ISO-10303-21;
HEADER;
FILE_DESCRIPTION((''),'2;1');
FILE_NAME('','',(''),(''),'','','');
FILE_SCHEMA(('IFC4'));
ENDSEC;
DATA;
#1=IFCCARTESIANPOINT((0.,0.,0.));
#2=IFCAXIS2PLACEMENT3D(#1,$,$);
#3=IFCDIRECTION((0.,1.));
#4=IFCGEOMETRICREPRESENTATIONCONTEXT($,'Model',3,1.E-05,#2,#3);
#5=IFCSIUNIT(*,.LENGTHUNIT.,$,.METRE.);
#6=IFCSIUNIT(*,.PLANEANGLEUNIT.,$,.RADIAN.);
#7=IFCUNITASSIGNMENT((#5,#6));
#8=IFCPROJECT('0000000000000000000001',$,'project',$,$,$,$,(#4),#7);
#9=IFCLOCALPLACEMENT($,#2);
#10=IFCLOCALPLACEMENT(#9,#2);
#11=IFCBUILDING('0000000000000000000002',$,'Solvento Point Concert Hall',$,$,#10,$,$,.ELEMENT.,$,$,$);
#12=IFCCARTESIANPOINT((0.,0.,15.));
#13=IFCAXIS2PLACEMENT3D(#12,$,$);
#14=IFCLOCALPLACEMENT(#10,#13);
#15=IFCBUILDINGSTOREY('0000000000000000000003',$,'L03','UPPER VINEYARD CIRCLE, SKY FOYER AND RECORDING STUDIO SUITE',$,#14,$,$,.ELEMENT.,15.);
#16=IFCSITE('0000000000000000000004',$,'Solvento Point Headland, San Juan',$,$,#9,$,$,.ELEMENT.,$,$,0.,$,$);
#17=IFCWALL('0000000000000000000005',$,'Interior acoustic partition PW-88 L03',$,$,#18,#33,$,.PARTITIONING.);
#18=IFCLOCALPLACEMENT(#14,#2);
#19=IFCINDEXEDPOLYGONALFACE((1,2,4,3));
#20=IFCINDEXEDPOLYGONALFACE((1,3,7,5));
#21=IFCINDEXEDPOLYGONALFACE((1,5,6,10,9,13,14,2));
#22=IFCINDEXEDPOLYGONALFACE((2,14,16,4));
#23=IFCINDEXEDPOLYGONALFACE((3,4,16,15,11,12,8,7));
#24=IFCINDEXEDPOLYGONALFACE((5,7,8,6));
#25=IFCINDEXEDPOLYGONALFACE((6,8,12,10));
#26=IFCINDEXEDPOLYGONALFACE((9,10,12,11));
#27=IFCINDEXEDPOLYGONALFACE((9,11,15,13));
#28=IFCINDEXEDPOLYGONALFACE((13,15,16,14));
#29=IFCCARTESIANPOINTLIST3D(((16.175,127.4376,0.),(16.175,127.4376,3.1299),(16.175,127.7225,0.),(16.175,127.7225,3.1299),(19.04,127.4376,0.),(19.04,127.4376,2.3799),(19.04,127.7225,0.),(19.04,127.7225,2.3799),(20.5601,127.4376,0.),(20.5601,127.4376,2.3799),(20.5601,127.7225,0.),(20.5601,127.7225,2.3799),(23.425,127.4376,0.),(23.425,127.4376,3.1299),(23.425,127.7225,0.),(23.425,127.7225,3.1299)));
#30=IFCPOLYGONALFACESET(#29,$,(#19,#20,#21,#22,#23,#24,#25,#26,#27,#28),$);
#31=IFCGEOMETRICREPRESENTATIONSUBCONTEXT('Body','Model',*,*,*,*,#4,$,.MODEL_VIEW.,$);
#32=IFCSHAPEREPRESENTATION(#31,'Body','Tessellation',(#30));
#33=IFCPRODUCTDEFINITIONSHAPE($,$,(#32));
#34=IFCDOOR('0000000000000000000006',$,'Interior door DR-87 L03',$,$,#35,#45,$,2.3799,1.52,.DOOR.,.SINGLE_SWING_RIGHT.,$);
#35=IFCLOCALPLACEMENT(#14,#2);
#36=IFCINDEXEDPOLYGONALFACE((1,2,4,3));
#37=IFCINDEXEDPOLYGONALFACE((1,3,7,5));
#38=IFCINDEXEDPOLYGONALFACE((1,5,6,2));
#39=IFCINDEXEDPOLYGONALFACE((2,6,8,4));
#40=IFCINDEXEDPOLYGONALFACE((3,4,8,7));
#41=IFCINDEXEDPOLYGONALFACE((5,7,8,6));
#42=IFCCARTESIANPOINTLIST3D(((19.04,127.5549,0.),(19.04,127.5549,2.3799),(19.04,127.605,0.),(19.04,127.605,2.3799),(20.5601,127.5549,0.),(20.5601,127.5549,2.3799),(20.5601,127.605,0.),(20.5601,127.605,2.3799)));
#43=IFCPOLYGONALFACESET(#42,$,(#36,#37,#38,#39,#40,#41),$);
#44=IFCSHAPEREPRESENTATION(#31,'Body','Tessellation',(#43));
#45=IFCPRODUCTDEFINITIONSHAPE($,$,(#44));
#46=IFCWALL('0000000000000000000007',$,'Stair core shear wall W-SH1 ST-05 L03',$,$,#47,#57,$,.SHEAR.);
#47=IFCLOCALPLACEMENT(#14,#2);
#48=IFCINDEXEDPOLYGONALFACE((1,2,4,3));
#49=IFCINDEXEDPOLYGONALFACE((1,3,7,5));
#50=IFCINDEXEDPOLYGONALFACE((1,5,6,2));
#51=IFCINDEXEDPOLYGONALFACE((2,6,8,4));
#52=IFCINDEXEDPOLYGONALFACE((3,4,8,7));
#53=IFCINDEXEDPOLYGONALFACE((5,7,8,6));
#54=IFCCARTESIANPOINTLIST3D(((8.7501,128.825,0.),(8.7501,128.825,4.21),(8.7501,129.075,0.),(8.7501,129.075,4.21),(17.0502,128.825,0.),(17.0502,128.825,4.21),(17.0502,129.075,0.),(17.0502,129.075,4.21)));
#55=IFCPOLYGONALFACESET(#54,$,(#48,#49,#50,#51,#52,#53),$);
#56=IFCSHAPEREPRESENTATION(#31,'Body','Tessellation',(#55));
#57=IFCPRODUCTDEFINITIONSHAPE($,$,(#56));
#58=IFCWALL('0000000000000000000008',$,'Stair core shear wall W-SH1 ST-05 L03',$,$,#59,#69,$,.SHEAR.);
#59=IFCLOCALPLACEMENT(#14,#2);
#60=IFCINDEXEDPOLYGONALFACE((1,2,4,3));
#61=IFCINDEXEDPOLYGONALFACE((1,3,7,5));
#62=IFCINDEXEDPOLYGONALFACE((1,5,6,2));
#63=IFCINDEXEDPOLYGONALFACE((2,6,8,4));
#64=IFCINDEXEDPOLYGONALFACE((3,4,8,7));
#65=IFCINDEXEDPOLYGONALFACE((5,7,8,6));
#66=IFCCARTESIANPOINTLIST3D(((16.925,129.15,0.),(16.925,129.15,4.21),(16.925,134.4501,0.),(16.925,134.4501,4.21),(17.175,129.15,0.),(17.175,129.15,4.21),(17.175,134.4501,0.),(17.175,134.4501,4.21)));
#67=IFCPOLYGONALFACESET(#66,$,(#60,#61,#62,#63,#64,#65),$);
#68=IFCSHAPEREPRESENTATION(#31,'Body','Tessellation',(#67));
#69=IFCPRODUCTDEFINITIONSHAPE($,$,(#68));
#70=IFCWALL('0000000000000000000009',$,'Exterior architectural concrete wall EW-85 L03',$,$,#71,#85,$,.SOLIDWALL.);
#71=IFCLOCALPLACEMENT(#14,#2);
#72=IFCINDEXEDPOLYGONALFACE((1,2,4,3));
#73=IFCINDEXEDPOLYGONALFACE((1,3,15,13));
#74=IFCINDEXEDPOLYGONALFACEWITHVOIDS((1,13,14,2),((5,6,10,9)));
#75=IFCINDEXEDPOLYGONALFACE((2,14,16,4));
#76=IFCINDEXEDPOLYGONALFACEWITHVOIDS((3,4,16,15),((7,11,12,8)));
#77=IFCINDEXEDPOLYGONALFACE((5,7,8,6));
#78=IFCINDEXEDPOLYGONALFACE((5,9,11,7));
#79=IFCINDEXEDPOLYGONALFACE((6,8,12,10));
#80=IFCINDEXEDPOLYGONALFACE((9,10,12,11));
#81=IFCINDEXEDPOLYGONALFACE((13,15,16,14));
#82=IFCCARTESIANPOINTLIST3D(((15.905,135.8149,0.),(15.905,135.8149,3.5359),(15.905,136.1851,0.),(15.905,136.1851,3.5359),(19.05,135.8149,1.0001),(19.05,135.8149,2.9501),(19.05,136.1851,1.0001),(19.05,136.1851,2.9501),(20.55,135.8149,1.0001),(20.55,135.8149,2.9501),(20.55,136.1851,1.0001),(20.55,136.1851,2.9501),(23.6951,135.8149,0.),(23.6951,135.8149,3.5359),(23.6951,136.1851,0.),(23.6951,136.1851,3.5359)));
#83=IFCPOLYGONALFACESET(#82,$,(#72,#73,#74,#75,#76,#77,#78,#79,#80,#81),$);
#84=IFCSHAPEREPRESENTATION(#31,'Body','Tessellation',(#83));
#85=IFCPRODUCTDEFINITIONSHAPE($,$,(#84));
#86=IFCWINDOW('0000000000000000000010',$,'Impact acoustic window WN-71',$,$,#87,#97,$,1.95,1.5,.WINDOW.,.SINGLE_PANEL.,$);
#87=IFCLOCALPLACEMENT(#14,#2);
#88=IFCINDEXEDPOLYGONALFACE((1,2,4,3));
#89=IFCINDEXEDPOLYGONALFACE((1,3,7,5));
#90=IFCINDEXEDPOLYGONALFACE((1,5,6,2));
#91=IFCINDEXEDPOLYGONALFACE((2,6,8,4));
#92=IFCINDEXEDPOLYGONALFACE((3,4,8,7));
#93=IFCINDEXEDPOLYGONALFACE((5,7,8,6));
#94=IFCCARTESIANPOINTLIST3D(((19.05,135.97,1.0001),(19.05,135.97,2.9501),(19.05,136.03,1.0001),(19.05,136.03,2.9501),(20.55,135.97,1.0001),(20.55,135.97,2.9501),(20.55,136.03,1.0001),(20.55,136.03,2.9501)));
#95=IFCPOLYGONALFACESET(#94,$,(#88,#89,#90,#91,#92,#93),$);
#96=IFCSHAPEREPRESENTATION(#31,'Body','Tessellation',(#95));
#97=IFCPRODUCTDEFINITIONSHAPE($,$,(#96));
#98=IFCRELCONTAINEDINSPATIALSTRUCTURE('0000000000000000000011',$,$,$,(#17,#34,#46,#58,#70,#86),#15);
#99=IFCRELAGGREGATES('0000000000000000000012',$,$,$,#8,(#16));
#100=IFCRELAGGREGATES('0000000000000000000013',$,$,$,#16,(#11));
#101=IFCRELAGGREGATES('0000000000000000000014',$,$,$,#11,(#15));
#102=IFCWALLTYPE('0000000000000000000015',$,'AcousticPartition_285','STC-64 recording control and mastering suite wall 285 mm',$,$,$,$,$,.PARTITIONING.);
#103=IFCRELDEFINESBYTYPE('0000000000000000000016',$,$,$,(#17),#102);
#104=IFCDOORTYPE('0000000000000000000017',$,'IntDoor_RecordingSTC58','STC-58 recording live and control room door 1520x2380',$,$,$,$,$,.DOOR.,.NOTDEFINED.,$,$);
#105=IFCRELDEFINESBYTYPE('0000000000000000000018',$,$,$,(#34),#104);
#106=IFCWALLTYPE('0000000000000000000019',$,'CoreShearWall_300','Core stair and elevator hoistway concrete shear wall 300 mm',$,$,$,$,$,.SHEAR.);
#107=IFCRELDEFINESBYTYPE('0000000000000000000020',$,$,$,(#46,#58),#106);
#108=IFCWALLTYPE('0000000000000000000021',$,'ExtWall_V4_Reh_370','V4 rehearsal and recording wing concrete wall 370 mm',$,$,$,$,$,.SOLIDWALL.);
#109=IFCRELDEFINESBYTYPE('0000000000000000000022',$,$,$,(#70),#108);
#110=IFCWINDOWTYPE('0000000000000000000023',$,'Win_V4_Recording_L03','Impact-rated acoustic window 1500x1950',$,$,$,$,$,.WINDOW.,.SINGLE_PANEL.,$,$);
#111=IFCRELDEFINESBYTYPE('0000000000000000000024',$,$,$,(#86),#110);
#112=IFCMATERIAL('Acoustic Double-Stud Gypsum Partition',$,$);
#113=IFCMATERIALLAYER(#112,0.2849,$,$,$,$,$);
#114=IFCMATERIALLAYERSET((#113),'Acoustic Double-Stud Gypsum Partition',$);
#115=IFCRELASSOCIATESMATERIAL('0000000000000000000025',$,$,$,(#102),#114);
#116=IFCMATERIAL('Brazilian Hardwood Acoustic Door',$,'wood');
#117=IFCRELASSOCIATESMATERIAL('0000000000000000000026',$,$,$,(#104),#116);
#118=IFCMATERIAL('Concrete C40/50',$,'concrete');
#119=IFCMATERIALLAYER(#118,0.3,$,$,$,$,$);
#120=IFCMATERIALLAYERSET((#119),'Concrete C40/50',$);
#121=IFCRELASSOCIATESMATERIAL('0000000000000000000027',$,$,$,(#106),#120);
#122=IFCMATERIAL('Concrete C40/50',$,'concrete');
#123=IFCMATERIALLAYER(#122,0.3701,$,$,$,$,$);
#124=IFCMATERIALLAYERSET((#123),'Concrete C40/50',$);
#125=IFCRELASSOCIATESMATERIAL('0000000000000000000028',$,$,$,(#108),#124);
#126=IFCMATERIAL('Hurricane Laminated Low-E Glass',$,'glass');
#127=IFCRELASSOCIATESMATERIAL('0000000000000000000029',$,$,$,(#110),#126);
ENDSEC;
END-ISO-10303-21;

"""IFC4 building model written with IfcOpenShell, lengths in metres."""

from ifc_helpers import new_model, si_unit, direction, frame, frame_2d, origin, place, context, subcontext, project, spatial, rectangle, extrude, material, layer, layer_set, type_object, element, fill, save


model = new_model("IFC4")

# Units and contexts
model_context = context("Model", 3, precision=1e-05, world=origin(), true_north=direction((0.0, 1.0)))
body_context = subcontext(model_context, "Body", "Model", "MODEL_VIEW")
ifc_project = project(units=[si_unit("LENGTHUNIT", "METRE"), si_unit("PLANEANGLEUNIT", "RADIAN")], contexts=[model_context])

# Site, building, storey
site_placement = place(None, origin())
site = spatial("IfcSite", under=ifc_project, at=site_placement, Name="Solvento Point Headland, San Juan", CompositionType="ELEMENT", RefElevation=0.0)
building_placement = place(site_placement, origin())
building = spatial("IfcBuilding", under=site, at=building_placement, Name="Solvento Point Concert Hall", CompositionType="ELEMENT")
storey_placement = place(building_placement, frame((0.0, 0.0, 15.0)))
storey = spatial("IfcBuildingStorey", under=building, at=storey_placement, Name="L03", Description="UPPER VINEYARD CIRCLE, SKY FOYER AND RECORDING STUDIO SUITE", CompositionType="ELEMENT", Elevation=15.0)

# Wall, opening, door
ifc_material_1 = material(Name="Acoustic Double-Stud Gypsum Partition")
ifc_layer_1 = layer(ifc_material_1, 0.2849)
ifc_layer_set_1 = layer_set([ifc_layer_1], Name="Acoustic Double-Stud Gypsum Partition")
wall_type_1 = type_object("IfcWallType", Name="AcousticPartition_285", Description="STC-64 recording control and mastering suite wall 285 mm", PredefinedType="PARTITIONING", material=ifc_layer_set_1)
wall_1_placement = place(storey_placement, frame((16.175, 127.5801, 0.0), z_axis=(0.0, 0.0, 1.0), x_axis=(1.0, 0.0, 0.0)))
wall_1 = element("IfcWall", 1, at=wall_1_placement, inside=storey, type_object=wall_type_1, Name="Interior acoustic partition PW-88 L03", PredefinedType="PARTITIONING", context=body_context, shape_type="SweptSolid", body=[
    extrude(rectangle(XDim=7.25, YDim=0.2849, at=frame_2d((3.625, 0.0))), origin(), (0.0, 0.0, 1.0), 3.1299),
])
opening_1_placement = place(wall_1_placement, frame((2.865, 0.0, 0.0)))
opening_1 = element("IfcOpeningElement", 2, at=opening_1_placement, cuts=wall_1, PredefinedType="OPENING", context=body_context, shape_type="SweptSolid", body=[
    extrude(rectangle(XDim=1.52, YDim=2.3799, at=frame_2d((0.76, 1.1899))), frame((0.0, 0.1523, 0.0), z_axis=(0.0, -1.0, 0.0), x_axis=(1.0, 0.0, 0.0)), (0.0, 0.0, 1.0), 0.3049),
])
ifc_material_2 = material(Name="Brazilian Hardwood Acoustic Door", Category="wood")
door_type = type_object("IfcDoorType", Name="IntDoor_RecordingSTC58", Description="STC-58 recording live and control room door 1520x2380", OperationType="NOTDEFINED", PredefinedType="DOOR", material=ifc_material_2)
door_placement = place(opening_1_placement, origin())
door = element("IfcDoor", 3, at=door_placement, inside=storey, type_object=door_type, Name="Interior door DR-87 L03", OperationType="SINGLE_SWING_RIGHT", OverallHeight=2.3799, OverallWidth=1.52, PredefinedType="DOOR", context=body_context, shape_type="SweptSolid", body=[
    extrude(rectangle(XDim=1.52, YDim=2.3799, at=frame_2d((0.76, 1.1899))), frame((0.0, 0.0249, 0.0), z_axis=(0.0, -1.0, 0.0), x_axis=(1.0, 0.0, 0.0)), (0.0, 0.0, 1.0), 0.05),
])
fill(opening_1, door)

# Walls
ifc_material_3 = material(Name="Concrete C40/50", Category="concrete")
ifc_layer_2 = layer(ifc_material_3, 0.3)
ifc_layer_set_2 = layer_set([ifc_layer_2], Name="Concrete C40/50")
wall_type_2 = type_object("IfcWallType", Name="CoreShearWall_300", Description="Core stair and elevator hoistway concrete shear wall 300 mm", PredefinedType="SHEAR", material=ifc_layer_set_2)
wall_2_placement = place(storey_placement, frame((17.05, 128.95, 0.0), z_axis=(0.0, 0.0, 1.0), x_axis=(-1.0, 0.0, 0.0)))
element("IfcWall", 4, at=wall_2_placement, inside=storey, type_object=wall_type_2, Name="Stair core shear wall W-SH1 ST-05 L03", PredefinedType="SHEAR", context=body_context, shape_type="SweptSolid", body=[
    extrude(rectangle(XDim=8.3, YDim=0.25, at=frame_2d((4.1499, 0.0))), origin(), (0.0, 0.0, 1.0), 4.21),
])
wall_3_placement = place(storey_placement, frame((17.05, 134.45, 0.0), z_axis=(0.0, 0.0, 1.0), x_axis=(0.0, -1.0, 0.0)))
element("IfcWall", 5, at=wall_3_placement, inside=storey, type_object=wall_type_2, Name="Stair core shear wall W-SH1 ST-05 L03", PredefinedType="SHEAR", context=body_context, shape_type="SweptSolid", body=[
    extrude(rectangle(XDim=5.3, YDim=0.25, at=frame_2d((2.6499, 0.0))), origin(), (0.0, 0.0, 1.0), 4.21),
])

# Wall, opening, window
ifc_material_4 = material(Name="Concrete C40/50", Category="concrete")
ifc_layer_3 = layer(ifc_material_4, 0.3701)
ifc_layer_set_3 = layer_set([ifc_layer_3], Name="Concrete C40/50")
wall_type_3 = type_object("IfcWallType", Name="ExtWall_V4_Reh_370", Description="V4 rehearsal and recording wing concrete wall 370 mm", PredefinedType="SOLIDWALL", material=ifc_layer_set_3)
wall_4_placement = place(storey_placement, frame((15.905, 136.0, 0.0), z_axis=(0.0, 0.0, 1.0), x_axis=(1.0, 0.0, 0.0)))
wall_4 = element("IfcWall", 6, at=wall_4_placement, inside=storey, type_object=wall_type_3, Name="Exterior architectural concrete wall EW-85 L03", PredefinedType="SOLIDWALL", context=body_context, shape_type="SweptSolid", body=[
    extrude(rectangle(XDim=7.79, YDim=0.3701, at=frame_2d((3.895, 0.0))), origin(), (0.0, 0.0, 1.0), 3.5359),
])
opening_2_placement = place(wall_4_placement, frame((3.145, 0.0, 1.0)))
opening_2 = element("IfcOpeningElement", 7, at=opening_2_placement, cuts=wall_4, PredefinedType="OPENING", context=body_context, shape_type="SweptSolid", body=[
    extrude(rectangle(XDim=1.5, YDim=1.95, at=frame_2d((0.75, 0.9751))), frame((0.0, 0.1951, 0.0), z_axis=(0.0, -1.0, 0.0), x_axis=(1.0, 0.0, 0.0)), (0.0, 0.0, 1.0), 0.3901),
])
ifc_material_5 = material(Name="Hurricane Laminated Low-E Glass", Category="glass")
window_type = type_object("IfcWindowType", Name="Win_V4_Recording_L03", Description="Impact-rated acoustic window 1500x1950", PartitioningType="SINGLE_PANEL", PredefinedType="WINDOW", material=ifc_material_5)
window_placement = place(opening_2_placement, origin())
window = element("IfcWindow", 8, at=window_placement, inside=storey, type_object=window_type, Name="Impact acoustic window WN-71", OverallHeight=1.95, OverallWidth=1.5, PartitioningType="SINGLE_PANEL", PredefinedType="WINDOW", context=body_context, shape_type="SweptSolid", body=[
    extrude(rectangle(XDim=1.5, YDim=1.95, at=frame_2d((0.75, 0.9751))), frame((0.0, 0.03, 0.0), z_axis=(0.0, -1.0, 0.0), x_axis=(1.0, 0.0, 0.0)), (0.0, 0.0, 1.0), 0.0601),
])
fill(opening_2, window)

save(model, "model.ifc")
